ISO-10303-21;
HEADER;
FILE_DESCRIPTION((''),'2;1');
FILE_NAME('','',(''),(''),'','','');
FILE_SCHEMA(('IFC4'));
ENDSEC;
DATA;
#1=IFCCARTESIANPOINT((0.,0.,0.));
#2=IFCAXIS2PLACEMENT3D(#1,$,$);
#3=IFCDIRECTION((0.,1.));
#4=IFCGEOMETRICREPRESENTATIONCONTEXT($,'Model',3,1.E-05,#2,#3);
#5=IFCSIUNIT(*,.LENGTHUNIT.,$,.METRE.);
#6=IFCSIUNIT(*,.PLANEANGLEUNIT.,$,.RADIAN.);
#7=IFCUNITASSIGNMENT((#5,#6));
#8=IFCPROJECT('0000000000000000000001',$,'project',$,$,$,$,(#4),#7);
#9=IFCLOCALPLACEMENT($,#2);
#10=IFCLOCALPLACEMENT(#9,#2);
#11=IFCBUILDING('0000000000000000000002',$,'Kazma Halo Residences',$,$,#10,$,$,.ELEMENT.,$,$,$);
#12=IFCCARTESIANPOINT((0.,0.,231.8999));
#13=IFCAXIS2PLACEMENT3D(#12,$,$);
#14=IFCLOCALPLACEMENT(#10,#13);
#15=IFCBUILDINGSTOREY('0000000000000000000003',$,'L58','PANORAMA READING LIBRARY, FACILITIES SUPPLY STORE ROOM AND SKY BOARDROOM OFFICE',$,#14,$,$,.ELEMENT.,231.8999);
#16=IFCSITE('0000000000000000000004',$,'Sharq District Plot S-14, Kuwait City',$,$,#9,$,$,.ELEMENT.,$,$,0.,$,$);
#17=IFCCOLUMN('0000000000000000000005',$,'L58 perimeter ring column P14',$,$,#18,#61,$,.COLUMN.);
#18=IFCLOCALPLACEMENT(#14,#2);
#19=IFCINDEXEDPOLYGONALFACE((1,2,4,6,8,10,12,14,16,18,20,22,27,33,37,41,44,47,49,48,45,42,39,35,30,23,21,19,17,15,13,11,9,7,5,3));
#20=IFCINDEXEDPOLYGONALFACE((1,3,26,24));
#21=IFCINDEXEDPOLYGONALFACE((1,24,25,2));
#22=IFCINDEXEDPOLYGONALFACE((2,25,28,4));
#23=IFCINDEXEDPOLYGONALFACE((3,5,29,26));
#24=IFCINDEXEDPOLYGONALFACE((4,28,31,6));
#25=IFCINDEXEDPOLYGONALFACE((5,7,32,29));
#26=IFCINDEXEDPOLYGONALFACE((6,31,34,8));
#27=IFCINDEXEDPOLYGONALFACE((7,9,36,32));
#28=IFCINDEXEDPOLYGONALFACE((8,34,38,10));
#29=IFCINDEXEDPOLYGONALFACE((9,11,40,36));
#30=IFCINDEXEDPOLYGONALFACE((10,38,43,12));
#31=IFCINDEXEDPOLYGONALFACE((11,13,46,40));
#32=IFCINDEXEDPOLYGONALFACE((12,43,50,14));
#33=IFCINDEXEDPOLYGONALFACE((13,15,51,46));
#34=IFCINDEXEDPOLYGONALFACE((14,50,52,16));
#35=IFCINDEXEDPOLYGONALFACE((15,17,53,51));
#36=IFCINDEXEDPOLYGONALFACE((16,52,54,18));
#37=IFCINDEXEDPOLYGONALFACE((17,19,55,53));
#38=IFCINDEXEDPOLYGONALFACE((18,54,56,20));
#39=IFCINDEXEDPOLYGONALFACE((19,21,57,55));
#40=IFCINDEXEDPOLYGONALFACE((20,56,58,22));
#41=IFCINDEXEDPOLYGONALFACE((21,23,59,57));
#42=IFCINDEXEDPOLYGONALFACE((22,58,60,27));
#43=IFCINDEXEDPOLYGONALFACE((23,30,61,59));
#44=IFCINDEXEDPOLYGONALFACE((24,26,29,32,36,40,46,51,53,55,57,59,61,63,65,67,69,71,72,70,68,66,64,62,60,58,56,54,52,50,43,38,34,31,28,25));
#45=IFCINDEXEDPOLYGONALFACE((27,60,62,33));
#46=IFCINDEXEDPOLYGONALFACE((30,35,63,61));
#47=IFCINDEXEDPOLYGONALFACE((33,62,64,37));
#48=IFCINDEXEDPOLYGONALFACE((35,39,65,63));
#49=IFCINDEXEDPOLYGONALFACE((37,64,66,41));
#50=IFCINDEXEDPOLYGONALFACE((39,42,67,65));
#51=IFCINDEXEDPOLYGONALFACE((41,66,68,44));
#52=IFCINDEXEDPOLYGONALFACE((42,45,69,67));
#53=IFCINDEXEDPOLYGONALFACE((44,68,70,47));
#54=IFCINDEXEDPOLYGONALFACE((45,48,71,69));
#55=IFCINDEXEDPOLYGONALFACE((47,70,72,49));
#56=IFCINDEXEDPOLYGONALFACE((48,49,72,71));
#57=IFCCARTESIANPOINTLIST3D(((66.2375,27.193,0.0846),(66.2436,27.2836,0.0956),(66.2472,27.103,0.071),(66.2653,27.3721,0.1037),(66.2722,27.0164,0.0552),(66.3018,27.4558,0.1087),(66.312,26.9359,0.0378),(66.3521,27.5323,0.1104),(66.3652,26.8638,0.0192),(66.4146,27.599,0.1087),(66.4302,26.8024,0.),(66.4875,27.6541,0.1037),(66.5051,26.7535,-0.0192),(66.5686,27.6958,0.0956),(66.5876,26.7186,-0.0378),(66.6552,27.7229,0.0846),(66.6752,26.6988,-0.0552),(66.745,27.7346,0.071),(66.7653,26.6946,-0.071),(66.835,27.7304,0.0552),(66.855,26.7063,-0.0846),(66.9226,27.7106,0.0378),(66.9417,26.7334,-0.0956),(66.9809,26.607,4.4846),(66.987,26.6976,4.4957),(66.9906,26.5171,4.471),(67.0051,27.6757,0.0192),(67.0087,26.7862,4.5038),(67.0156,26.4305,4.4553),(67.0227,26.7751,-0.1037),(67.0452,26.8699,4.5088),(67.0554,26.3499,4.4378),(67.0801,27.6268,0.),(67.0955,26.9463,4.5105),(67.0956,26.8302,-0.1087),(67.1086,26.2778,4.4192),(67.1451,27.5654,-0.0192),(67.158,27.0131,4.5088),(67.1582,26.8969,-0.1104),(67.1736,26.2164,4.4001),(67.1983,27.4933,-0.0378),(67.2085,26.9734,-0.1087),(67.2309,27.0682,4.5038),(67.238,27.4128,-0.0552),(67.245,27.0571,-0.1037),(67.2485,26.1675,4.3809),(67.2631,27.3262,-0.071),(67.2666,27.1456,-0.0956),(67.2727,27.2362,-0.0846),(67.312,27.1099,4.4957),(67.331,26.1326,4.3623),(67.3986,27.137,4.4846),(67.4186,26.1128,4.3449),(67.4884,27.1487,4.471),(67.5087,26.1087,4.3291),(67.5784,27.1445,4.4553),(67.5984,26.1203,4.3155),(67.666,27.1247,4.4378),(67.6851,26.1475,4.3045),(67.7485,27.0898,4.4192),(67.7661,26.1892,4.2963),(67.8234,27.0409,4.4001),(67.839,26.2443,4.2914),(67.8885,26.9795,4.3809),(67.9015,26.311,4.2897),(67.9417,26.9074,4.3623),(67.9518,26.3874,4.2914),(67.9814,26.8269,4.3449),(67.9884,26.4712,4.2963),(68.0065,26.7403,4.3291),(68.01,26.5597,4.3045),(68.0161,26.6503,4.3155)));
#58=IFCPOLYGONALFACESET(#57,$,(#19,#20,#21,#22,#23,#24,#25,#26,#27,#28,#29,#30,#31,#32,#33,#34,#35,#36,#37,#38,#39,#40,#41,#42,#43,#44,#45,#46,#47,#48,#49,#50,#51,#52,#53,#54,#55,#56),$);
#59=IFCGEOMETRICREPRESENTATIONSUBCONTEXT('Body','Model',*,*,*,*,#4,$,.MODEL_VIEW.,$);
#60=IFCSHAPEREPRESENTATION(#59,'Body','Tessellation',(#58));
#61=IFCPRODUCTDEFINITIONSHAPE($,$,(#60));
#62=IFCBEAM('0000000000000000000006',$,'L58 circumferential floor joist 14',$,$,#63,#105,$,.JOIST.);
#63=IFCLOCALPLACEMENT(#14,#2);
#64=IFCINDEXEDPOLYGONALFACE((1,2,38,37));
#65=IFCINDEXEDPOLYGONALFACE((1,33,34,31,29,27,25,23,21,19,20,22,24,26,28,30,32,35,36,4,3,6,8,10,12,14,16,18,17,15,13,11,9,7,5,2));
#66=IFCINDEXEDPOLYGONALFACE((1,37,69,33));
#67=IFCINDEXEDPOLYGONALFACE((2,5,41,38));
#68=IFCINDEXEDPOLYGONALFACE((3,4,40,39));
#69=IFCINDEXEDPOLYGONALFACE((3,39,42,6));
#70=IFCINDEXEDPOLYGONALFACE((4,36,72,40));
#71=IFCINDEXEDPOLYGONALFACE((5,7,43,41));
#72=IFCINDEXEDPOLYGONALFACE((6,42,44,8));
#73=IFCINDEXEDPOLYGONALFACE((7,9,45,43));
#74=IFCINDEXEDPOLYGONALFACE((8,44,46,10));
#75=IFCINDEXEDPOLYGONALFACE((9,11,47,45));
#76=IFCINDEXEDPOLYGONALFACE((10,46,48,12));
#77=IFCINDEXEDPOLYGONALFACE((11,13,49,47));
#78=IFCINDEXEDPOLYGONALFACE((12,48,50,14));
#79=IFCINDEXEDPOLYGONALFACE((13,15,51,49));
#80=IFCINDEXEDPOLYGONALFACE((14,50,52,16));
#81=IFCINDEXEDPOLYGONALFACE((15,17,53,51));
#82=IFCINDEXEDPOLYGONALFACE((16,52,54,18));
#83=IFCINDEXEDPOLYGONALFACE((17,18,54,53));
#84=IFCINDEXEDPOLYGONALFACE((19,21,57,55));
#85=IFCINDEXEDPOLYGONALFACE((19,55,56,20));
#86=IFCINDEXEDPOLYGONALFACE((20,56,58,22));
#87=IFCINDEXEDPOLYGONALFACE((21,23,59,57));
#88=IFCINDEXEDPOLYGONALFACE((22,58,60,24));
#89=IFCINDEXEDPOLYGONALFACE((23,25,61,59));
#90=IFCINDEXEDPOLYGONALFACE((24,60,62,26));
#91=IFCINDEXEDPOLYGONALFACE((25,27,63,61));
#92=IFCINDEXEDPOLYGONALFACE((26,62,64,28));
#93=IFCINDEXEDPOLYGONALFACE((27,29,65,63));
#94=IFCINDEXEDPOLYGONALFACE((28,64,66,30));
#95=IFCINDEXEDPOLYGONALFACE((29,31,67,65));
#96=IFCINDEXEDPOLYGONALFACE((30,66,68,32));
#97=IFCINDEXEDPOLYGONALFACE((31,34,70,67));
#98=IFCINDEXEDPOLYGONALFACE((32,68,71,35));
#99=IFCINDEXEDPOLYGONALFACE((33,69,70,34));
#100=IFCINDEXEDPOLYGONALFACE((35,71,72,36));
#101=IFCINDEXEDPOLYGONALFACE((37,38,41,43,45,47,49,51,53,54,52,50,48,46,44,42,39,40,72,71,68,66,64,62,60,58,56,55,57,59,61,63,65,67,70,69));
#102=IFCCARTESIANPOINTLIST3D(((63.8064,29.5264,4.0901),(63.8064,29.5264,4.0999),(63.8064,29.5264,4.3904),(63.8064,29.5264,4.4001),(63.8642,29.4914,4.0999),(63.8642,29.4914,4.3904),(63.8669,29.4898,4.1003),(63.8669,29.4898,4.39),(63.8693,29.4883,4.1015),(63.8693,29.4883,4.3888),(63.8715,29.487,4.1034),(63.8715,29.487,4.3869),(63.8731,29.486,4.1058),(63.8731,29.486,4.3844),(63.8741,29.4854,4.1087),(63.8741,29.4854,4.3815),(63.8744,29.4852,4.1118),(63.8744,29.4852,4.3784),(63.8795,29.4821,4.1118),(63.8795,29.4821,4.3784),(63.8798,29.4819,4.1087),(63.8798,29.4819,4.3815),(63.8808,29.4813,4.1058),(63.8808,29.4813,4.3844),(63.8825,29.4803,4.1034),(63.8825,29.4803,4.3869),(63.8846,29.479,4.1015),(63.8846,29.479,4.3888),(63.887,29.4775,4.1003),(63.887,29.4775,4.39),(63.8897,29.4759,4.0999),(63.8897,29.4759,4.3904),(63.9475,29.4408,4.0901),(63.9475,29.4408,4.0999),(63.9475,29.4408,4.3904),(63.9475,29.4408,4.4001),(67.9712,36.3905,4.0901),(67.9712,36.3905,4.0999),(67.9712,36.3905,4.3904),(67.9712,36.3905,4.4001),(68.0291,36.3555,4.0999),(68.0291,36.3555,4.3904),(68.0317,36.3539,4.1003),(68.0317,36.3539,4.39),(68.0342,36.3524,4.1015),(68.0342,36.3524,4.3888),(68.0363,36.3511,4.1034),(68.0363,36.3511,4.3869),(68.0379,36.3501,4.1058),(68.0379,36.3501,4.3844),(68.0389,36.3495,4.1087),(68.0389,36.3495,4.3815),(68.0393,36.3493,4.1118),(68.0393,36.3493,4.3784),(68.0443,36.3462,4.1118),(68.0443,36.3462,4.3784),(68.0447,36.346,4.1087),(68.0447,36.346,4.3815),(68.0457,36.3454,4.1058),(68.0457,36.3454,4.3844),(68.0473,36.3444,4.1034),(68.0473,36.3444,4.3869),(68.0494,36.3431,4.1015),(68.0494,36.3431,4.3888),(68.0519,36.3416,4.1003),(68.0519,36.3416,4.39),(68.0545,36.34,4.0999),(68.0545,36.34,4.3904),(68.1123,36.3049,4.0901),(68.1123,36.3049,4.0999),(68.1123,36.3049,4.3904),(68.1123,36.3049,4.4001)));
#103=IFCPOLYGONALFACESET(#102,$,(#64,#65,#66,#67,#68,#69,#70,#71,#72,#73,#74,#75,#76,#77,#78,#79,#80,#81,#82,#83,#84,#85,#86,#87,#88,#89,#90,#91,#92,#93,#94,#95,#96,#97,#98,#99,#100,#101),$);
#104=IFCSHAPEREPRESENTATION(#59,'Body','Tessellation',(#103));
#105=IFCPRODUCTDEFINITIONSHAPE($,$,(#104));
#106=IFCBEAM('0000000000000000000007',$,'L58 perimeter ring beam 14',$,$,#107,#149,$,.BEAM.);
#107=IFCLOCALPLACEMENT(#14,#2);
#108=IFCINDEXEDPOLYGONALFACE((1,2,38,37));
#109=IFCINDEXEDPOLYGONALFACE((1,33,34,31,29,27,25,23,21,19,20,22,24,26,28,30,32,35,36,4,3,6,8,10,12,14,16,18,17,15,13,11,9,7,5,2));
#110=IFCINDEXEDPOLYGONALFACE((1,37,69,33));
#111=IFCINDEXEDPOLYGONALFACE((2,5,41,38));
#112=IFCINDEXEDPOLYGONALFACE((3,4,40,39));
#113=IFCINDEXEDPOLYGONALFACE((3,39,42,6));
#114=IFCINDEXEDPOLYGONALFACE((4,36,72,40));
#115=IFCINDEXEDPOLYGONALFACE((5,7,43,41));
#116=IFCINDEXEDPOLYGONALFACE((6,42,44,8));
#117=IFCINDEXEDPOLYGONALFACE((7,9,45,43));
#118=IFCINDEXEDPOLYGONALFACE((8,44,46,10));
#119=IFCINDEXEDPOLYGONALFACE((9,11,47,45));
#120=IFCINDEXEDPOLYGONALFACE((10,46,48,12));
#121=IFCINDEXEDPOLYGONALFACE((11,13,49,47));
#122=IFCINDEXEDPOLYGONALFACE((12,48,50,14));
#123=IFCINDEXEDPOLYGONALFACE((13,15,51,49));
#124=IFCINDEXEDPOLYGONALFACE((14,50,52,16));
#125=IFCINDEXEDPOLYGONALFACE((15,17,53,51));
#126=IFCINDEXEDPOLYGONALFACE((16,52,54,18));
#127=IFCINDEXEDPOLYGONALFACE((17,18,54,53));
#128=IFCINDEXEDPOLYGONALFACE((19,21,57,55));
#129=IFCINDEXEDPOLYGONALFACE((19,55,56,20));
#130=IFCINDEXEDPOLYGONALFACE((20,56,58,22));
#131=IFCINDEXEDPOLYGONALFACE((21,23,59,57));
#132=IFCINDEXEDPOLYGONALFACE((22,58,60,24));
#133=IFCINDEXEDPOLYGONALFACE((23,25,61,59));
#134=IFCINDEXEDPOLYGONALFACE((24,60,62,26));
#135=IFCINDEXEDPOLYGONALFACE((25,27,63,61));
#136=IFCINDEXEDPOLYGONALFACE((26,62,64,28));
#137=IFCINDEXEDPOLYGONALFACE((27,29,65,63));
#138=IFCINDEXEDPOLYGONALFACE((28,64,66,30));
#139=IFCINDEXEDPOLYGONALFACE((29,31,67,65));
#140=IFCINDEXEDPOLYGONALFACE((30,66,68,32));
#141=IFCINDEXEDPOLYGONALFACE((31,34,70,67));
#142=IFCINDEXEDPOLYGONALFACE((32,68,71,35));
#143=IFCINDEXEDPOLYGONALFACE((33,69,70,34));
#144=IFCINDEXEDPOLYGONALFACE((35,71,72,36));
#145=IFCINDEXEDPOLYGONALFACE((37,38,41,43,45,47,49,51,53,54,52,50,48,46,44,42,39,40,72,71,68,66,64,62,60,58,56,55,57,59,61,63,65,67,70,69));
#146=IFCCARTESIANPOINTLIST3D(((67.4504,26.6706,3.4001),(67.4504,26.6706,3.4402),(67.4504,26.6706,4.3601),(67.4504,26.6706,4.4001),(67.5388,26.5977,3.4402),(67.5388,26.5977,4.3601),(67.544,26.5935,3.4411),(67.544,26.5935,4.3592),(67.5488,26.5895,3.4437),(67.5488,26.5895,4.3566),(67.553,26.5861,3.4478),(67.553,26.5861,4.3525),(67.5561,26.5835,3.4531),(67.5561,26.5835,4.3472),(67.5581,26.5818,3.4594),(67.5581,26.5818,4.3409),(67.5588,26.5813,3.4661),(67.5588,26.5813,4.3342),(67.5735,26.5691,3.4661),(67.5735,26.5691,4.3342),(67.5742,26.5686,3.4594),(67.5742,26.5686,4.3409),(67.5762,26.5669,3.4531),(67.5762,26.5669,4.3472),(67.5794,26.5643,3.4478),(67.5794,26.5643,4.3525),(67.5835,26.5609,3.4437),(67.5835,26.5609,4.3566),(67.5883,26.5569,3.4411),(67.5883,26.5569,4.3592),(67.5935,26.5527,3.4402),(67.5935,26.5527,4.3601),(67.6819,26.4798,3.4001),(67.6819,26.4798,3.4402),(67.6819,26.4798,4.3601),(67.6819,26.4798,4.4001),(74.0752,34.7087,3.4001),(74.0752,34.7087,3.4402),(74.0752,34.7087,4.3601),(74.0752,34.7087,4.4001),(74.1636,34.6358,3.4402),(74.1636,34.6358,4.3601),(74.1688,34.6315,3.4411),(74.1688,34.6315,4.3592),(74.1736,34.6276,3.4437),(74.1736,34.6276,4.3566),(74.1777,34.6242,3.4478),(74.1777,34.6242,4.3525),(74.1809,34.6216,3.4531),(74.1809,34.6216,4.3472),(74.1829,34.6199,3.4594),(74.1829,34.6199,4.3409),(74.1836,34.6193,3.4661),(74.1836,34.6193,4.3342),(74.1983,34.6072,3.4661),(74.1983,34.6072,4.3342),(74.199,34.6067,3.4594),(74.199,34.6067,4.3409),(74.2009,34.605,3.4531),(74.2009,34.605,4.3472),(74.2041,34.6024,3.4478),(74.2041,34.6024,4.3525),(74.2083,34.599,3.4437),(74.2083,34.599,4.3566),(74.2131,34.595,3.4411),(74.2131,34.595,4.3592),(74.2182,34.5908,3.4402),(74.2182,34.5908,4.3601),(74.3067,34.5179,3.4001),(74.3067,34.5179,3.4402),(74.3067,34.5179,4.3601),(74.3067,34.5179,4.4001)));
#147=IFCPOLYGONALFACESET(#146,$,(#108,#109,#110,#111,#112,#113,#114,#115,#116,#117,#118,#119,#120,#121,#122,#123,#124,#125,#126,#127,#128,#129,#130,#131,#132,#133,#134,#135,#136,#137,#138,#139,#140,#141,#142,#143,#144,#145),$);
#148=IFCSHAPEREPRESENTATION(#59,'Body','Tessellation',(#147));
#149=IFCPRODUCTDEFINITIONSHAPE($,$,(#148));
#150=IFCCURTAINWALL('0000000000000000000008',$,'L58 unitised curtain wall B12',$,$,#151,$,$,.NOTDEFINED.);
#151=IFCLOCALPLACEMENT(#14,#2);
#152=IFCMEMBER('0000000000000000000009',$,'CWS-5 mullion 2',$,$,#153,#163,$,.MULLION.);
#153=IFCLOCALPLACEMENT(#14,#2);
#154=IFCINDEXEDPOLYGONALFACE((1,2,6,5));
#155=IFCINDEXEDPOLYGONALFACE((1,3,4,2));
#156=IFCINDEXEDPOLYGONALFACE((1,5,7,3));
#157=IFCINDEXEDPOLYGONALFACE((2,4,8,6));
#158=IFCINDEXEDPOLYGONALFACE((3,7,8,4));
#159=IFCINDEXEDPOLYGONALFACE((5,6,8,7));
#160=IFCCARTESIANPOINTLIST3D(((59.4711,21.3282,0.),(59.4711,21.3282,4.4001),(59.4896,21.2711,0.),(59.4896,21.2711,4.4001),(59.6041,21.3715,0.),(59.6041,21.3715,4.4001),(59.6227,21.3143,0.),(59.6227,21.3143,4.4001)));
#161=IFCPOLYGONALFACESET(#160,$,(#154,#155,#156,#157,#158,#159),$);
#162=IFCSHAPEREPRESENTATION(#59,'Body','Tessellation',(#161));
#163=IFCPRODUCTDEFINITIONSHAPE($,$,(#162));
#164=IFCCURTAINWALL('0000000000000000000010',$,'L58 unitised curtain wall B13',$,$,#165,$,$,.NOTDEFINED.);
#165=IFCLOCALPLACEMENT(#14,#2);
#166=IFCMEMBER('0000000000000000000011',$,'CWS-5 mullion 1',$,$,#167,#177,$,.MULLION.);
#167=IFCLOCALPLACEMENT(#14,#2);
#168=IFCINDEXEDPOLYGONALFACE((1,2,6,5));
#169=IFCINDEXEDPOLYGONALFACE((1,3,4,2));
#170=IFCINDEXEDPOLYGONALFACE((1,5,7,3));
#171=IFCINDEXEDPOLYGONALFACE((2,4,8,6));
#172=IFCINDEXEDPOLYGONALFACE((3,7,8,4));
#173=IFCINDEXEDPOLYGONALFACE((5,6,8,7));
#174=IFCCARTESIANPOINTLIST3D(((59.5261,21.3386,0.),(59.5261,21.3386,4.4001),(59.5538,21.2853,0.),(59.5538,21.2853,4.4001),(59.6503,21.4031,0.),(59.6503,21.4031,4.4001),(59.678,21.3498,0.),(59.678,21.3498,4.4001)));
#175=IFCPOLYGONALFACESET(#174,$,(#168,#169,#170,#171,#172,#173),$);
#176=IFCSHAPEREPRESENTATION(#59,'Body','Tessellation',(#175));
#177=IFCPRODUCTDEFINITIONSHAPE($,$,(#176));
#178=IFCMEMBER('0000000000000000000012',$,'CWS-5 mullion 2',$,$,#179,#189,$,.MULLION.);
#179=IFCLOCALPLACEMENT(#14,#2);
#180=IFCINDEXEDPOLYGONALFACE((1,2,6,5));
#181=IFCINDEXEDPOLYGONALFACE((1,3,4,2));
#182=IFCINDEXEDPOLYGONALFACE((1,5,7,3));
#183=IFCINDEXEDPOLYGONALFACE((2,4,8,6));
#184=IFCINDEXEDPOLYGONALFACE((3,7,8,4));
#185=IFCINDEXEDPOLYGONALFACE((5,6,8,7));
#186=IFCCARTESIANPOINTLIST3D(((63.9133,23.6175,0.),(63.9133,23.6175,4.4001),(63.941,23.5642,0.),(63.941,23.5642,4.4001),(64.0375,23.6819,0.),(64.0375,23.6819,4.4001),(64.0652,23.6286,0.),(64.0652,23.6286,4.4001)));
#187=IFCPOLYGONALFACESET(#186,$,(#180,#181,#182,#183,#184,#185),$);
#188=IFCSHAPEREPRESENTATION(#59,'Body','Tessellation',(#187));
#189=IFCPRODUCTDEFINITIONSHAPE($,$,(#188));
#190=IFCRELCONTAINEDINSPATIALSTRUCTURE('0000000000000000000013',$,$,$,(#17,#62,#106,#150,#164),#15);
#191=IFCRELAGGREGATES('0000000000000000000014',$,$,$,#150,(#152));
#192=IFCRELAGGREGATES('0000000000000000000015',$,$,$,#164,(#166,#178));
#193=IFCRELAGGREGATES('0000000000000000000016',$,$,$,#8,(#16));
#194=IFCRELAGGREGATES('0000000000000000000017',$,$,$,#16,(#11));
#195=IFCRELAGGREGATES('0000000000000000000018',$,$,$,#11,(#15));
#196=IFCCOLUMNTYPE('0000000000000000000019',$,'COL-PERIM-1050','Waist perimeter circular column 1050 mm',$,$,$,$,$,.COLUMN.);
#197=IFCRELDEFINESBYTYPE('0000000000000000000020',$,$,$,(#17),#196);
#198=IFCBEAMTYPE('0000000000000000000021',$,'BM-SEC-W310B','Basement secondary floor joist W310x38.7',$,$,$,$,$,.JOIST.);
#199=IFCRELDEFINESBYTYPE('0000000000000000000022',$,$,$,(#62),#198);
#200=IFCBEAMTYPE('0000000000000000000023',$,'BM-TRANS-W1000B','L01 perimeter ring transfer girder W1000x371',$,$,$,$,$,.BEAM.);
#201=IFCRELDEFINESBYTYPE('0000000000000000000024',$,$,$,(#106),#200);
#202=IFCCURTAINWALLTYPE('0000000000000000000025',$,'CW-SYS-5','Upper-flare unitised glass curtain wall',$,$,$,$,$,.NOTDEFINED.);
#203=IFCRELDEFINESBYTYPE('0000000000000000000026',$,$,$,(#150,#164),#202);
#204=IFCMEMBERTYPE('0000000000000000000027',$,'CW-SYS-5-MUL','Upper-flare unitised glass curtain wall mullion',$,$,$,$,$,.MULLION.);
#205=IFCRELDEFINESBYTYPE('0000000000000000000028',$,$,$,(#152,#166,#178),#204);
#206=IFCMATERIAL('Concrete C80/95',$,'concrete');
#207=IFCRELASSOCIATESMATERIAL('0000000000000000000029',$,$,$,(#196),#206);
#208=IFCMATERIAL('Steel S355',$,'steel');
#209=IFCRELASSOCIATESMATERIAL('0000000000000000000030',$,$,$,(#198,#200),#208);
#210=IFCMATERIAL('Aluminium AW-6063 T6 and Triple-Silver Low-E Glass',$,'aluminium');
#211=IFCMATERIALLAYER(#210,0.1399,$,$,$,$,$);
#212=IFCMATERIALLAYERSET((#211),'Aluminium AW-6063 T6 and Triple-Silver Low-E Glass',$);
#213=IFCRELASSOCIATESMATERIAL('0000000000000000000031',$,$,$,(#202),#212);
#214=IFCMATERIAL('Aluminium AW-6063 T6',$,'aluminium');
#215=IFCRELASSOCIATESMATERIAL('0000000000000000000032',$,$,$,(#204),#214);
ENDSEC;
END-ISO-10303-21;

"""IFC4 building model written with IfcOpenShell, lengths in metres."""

from ifc_helpers import new_model, si_unit, direction, frame, origin, origin_2d, place, context, subcontext, project, spatial, rectangle, circle, i_section, extrude, material, layer, layer_set, material_profile, profile_set, type_object, element, aggregate, save


model = new_model("IFC4")

# Units and contexts
model_context = context("Model", 3, precision=1e-05, world=origin(), true_north=direction((0.0, 1.0)))
body_context = subcontext(model_context, "Body", "Model", "MODEL_VIEW")
ifc_project = project(units=[si_unit("LENGTHUNIT", "METRE"), si_unit("PLANEANGLEUNIT", "RADIAN")], contexts=[model_context])

# Site, building, storey
site_placement = place(None, origin())
site = spatial("IfcSite", under=ifc_project, at=site_placement, Name="Sharq District Plot S-14, Kuwait City", CompositionType="ELEMENT", RefElevation=0.0)
building_placement = place(site_placement, origin())
building = spatial("IfcBuilding", under=site, at=building_placement, Name="Kazma Halo Residences", CompositionType="ELEMENT")
storey_placement = place(building_placement, frame((0.0, 0.0, 231.8999)))
storey = spatial("IfcBuildingStorey", under=building, at=storey_placement, Name="L58", Description="PANORAMA READING LIBRARY, FACILITIES SUPPLY STORE ROOM AND SKY BOARDROOM OFFICE", CompositionType="ELEMENT", Elevation=231.8999)

# Column
ifc_material_1 = material(Name="Concrete C80/95", Category="concrete")
ifc_material_profile_1 = material_profile(ifc_material_1, circle(Radius=0.5249, at=origin_2d()), Name="CIRC1050")
ifc_profile_set_1 = profile_set([ifc_material_profile_1], Name="Concrete C80/95")
column_type = type_object("IfcColumnType", Name="COL-PERIM-1050", Description="Waist perimeter circular column 1050 mm", PredefinedType="COLUMN", material=ifc_profile_set_1)
column_placement = place(storey_placement, frame((66.7551, 27.2146, 0.0), z_axis=(0.165172, -0.130185, 0.977635), x_axis=(0.619017, 0.785378, 0.0)))
element("IfcColumn", 1, at=column_placement, inside=storey, type_object=column_type, Name="L58 perimeter ring column P14", PredefinedType="COLUMN", context=body_context, shape_type="SweptSolid", body=[
    extrude(circle(Radius=0.5249, at=origin_2d()), origin(), (0.0, 0.0, 1.0), 4.5007),
])

# Beams
ifc_material_2 = material(Name="Steel S355", Category="steel")
ifc_material_profile_2 = material_profile(ifc_material_2, i_section(OverallWidth=0.165, OverallDepth=0.3101, WebThickness=0.0059, FlangeThickness=0.0098, FilletRadius=0.012, at=origin_2d()), Name="W310x38.7")
ifc_profile_set_2 = profile_set([ifc_material_profile_2], Name="Steel S355")
beam_type_1 = type_object("IfcBeamType", Name="BM-SEC-W310B", Description="Basement secondary floor joist W310x38.7", PredefinedType="JOIST", material=ifc_profile_set_2)
beam_1_placement = place(storey_placement, frame((63.877, 29.4836, 4.2451), z_axis=(0.518738, 0.854933, 0.0), x_axis=(-0.854933, 0.518738, 0.0)))
element("IfcBeam", 2, at=beam_1_placement, inside=storey, type_object=beam_type_1, Name="L58 circumferential floor joist 14", PredefinedType="JOIST", context=body_context, shape_type="SweptSolid", body=[
    extrude(i_section(OverallWidth=0.165, OverallDepth=0.3101, WebThickness=0.0059, FlangeThickness=0.0098, FilletRadius=0.012, at=origin_2d()), origin(), (0.0, 0.0, 1.0), 8.0288),
])
ifc_material_profile_3 = material_profile(ifc_material_2, i_section(OverallWidth=0.3, OverallDepth=1.0, WebThickness=0.019, FlangeThickness=0.04, FilletRadius=0.0259, at=origin_2d()), Name="W1000x371")
ifc_profile_set_3 = profile_set([ifc_material_profile_3], Name="Steel S355")
beam_type_2 = type_object("IfcBeamType", Name="BM-TRANS-W1000B", Description="L01 perimeter ring transfer girder W1000x371", PredefinedType="BEAM", material=ifc_profile_set_3)
beam_2_placement = place(storey_placement, frame((67.5662, 26.5752, 3.9001), z_axis=(0.636002, 0.771687, 0.0), x_axis=(-0.771687, 0.636002, 0.0)))
element("IfcBeam", 3, at=beam_2_placement, inside=storey, type_object=beam_type_2, Name="L58 perimeter ring beam 14", PredefinedType="BEAM", context=body_context, shape_type="SweptSolid", body=[
    extrude(i_section(OverallWidth=0.3, OverallDepth=1.0, WebThickness=0.019, FlangeThickness=0.04, FilletRadius=0.0259, at=origin_2d()), origin(), (0.0, 0.0, 1.0), 10.4163),
])

# Curtain wall, member
ifc_material_3 = material(Name="Aluminium AW-6063 T6 and Triple-Silver Low-E Glass", Category="aluminium")
ifc_layer_1 = layer(ifc_material_3, 0.1399)
ifc_layer_set_1 = layer_set([ifc_layer_1], Name="Aluminium AW-6063 T6 and Triple-Silver Low-E Glass")
curtain_wall_type = type_object("IfcCurtainWallType", Name="CW-SYS-5", Description="Upper-flare unitised glass curtain wall", PredefinedType="NOTDEFINED", material=ifc_layer_set_1)
curtain_wall_1_placement = place(storey_placement, origin())
curtain_wall_1 = element("IfcCurtainWall", 4, at=curtain_wall_1_placement, inside=storey, type_object=curtain_wall_type, Name="L58 unitised curtain wall B12", PredefinedType="NOTDEFINED")
ifc_material_4 = material(Name="Aluminium AW-6063 T6", Category="aluminium")
ifc_material_profile_4 = material_profile(ifc_material_4, rectangle(XDim=0.0601, YDim=0.1399, at=origin_2d()), Name="CWM-60x140")
ifc_profile_set_4 = profile_set([ifc_material_profile_4], Name="Aluminium AW-6063 T6")
member_type_1 = type_object("IfcMemberType", Name="CW-SYS-5-MUL", Description="Upper-flare unitised glass curtain wall mullion", PredefinedType="MULLION", material=ifc_profile_set_4)
member_1_placement = place(storey_placement, frame((59.5469, 21.3213, 0.0), z_axis=(0.0, 0.0, 1.0), x_axis=(-0.30902, 0.951056, 0.0)))
member_1 = element("IfcMember", 5, at=member_1_placement, type_object=member_type_1, Name="CWS-5 mullion 2", PredefinedType="MULLION", context=body_context, shape_type="SweptSolid", body=[
    extrude(rectangle(XDim=0.0601, YDim=0.1399, at=origin_2d()), origin(), (0.0, 0.0, 1.0), 4.4001),
])
aggregate(curtain_wall_1, [member_1])

# Curtain wall, members
curtain_wall_2_placement = place(storey_placement, origin())
curtain_wall_2 = element("IfcCurtainWall", 6, at=curtain_wall_2_placement, inside=storey, type_object=curtain_wall_type, Name="L58 unitised curtain wall B13", PredefinedType="NOTDEFINED")
member_2_placement = place(storey_placement, frame((59.6021, 21.3442, 0.0), z_axis=(0.0, 0.0, 1.0), x_axis=(-0.460917, 0.887443, 0.0)))
member_2 = element("IfcMember", 7, at=member_2_placement, type_object=member_type_1, Name="CWS-5 mullion 1", PredefinedType="MULLION", context=body_context, shape_type="SweptSolid", body=[
    extrude(rectangle(XDim=0.0601, YDim=0.1399, at=origin_2d()), origin(), (0.0, 0.0, 1.0), 4.4001),
])
member_3_placement = place(storey_placement, frame((63.9893, 23.623, 0.0), z_axis=(0.0, 0.0, 1.0), x_axis=(-0.460917, 0.887443, 0.0)))
member_3 = element("IfcMember", 8, at=member_3_placement, type_object=member_type_1, Name="CWS-5 mullion 2", PredefinedType="MULLION", context=body_context, shape_type="SweptSolid", body=[
    extrude(rectangle(XDim=0.0601, YDim=0.1399, at=origin_2d()), origin(), (0.0, 0.0, 1.0), 4.4001),
])

aggregate(curtain_wall_2, [member_2, member_3])

save(model, "model.ifc")
